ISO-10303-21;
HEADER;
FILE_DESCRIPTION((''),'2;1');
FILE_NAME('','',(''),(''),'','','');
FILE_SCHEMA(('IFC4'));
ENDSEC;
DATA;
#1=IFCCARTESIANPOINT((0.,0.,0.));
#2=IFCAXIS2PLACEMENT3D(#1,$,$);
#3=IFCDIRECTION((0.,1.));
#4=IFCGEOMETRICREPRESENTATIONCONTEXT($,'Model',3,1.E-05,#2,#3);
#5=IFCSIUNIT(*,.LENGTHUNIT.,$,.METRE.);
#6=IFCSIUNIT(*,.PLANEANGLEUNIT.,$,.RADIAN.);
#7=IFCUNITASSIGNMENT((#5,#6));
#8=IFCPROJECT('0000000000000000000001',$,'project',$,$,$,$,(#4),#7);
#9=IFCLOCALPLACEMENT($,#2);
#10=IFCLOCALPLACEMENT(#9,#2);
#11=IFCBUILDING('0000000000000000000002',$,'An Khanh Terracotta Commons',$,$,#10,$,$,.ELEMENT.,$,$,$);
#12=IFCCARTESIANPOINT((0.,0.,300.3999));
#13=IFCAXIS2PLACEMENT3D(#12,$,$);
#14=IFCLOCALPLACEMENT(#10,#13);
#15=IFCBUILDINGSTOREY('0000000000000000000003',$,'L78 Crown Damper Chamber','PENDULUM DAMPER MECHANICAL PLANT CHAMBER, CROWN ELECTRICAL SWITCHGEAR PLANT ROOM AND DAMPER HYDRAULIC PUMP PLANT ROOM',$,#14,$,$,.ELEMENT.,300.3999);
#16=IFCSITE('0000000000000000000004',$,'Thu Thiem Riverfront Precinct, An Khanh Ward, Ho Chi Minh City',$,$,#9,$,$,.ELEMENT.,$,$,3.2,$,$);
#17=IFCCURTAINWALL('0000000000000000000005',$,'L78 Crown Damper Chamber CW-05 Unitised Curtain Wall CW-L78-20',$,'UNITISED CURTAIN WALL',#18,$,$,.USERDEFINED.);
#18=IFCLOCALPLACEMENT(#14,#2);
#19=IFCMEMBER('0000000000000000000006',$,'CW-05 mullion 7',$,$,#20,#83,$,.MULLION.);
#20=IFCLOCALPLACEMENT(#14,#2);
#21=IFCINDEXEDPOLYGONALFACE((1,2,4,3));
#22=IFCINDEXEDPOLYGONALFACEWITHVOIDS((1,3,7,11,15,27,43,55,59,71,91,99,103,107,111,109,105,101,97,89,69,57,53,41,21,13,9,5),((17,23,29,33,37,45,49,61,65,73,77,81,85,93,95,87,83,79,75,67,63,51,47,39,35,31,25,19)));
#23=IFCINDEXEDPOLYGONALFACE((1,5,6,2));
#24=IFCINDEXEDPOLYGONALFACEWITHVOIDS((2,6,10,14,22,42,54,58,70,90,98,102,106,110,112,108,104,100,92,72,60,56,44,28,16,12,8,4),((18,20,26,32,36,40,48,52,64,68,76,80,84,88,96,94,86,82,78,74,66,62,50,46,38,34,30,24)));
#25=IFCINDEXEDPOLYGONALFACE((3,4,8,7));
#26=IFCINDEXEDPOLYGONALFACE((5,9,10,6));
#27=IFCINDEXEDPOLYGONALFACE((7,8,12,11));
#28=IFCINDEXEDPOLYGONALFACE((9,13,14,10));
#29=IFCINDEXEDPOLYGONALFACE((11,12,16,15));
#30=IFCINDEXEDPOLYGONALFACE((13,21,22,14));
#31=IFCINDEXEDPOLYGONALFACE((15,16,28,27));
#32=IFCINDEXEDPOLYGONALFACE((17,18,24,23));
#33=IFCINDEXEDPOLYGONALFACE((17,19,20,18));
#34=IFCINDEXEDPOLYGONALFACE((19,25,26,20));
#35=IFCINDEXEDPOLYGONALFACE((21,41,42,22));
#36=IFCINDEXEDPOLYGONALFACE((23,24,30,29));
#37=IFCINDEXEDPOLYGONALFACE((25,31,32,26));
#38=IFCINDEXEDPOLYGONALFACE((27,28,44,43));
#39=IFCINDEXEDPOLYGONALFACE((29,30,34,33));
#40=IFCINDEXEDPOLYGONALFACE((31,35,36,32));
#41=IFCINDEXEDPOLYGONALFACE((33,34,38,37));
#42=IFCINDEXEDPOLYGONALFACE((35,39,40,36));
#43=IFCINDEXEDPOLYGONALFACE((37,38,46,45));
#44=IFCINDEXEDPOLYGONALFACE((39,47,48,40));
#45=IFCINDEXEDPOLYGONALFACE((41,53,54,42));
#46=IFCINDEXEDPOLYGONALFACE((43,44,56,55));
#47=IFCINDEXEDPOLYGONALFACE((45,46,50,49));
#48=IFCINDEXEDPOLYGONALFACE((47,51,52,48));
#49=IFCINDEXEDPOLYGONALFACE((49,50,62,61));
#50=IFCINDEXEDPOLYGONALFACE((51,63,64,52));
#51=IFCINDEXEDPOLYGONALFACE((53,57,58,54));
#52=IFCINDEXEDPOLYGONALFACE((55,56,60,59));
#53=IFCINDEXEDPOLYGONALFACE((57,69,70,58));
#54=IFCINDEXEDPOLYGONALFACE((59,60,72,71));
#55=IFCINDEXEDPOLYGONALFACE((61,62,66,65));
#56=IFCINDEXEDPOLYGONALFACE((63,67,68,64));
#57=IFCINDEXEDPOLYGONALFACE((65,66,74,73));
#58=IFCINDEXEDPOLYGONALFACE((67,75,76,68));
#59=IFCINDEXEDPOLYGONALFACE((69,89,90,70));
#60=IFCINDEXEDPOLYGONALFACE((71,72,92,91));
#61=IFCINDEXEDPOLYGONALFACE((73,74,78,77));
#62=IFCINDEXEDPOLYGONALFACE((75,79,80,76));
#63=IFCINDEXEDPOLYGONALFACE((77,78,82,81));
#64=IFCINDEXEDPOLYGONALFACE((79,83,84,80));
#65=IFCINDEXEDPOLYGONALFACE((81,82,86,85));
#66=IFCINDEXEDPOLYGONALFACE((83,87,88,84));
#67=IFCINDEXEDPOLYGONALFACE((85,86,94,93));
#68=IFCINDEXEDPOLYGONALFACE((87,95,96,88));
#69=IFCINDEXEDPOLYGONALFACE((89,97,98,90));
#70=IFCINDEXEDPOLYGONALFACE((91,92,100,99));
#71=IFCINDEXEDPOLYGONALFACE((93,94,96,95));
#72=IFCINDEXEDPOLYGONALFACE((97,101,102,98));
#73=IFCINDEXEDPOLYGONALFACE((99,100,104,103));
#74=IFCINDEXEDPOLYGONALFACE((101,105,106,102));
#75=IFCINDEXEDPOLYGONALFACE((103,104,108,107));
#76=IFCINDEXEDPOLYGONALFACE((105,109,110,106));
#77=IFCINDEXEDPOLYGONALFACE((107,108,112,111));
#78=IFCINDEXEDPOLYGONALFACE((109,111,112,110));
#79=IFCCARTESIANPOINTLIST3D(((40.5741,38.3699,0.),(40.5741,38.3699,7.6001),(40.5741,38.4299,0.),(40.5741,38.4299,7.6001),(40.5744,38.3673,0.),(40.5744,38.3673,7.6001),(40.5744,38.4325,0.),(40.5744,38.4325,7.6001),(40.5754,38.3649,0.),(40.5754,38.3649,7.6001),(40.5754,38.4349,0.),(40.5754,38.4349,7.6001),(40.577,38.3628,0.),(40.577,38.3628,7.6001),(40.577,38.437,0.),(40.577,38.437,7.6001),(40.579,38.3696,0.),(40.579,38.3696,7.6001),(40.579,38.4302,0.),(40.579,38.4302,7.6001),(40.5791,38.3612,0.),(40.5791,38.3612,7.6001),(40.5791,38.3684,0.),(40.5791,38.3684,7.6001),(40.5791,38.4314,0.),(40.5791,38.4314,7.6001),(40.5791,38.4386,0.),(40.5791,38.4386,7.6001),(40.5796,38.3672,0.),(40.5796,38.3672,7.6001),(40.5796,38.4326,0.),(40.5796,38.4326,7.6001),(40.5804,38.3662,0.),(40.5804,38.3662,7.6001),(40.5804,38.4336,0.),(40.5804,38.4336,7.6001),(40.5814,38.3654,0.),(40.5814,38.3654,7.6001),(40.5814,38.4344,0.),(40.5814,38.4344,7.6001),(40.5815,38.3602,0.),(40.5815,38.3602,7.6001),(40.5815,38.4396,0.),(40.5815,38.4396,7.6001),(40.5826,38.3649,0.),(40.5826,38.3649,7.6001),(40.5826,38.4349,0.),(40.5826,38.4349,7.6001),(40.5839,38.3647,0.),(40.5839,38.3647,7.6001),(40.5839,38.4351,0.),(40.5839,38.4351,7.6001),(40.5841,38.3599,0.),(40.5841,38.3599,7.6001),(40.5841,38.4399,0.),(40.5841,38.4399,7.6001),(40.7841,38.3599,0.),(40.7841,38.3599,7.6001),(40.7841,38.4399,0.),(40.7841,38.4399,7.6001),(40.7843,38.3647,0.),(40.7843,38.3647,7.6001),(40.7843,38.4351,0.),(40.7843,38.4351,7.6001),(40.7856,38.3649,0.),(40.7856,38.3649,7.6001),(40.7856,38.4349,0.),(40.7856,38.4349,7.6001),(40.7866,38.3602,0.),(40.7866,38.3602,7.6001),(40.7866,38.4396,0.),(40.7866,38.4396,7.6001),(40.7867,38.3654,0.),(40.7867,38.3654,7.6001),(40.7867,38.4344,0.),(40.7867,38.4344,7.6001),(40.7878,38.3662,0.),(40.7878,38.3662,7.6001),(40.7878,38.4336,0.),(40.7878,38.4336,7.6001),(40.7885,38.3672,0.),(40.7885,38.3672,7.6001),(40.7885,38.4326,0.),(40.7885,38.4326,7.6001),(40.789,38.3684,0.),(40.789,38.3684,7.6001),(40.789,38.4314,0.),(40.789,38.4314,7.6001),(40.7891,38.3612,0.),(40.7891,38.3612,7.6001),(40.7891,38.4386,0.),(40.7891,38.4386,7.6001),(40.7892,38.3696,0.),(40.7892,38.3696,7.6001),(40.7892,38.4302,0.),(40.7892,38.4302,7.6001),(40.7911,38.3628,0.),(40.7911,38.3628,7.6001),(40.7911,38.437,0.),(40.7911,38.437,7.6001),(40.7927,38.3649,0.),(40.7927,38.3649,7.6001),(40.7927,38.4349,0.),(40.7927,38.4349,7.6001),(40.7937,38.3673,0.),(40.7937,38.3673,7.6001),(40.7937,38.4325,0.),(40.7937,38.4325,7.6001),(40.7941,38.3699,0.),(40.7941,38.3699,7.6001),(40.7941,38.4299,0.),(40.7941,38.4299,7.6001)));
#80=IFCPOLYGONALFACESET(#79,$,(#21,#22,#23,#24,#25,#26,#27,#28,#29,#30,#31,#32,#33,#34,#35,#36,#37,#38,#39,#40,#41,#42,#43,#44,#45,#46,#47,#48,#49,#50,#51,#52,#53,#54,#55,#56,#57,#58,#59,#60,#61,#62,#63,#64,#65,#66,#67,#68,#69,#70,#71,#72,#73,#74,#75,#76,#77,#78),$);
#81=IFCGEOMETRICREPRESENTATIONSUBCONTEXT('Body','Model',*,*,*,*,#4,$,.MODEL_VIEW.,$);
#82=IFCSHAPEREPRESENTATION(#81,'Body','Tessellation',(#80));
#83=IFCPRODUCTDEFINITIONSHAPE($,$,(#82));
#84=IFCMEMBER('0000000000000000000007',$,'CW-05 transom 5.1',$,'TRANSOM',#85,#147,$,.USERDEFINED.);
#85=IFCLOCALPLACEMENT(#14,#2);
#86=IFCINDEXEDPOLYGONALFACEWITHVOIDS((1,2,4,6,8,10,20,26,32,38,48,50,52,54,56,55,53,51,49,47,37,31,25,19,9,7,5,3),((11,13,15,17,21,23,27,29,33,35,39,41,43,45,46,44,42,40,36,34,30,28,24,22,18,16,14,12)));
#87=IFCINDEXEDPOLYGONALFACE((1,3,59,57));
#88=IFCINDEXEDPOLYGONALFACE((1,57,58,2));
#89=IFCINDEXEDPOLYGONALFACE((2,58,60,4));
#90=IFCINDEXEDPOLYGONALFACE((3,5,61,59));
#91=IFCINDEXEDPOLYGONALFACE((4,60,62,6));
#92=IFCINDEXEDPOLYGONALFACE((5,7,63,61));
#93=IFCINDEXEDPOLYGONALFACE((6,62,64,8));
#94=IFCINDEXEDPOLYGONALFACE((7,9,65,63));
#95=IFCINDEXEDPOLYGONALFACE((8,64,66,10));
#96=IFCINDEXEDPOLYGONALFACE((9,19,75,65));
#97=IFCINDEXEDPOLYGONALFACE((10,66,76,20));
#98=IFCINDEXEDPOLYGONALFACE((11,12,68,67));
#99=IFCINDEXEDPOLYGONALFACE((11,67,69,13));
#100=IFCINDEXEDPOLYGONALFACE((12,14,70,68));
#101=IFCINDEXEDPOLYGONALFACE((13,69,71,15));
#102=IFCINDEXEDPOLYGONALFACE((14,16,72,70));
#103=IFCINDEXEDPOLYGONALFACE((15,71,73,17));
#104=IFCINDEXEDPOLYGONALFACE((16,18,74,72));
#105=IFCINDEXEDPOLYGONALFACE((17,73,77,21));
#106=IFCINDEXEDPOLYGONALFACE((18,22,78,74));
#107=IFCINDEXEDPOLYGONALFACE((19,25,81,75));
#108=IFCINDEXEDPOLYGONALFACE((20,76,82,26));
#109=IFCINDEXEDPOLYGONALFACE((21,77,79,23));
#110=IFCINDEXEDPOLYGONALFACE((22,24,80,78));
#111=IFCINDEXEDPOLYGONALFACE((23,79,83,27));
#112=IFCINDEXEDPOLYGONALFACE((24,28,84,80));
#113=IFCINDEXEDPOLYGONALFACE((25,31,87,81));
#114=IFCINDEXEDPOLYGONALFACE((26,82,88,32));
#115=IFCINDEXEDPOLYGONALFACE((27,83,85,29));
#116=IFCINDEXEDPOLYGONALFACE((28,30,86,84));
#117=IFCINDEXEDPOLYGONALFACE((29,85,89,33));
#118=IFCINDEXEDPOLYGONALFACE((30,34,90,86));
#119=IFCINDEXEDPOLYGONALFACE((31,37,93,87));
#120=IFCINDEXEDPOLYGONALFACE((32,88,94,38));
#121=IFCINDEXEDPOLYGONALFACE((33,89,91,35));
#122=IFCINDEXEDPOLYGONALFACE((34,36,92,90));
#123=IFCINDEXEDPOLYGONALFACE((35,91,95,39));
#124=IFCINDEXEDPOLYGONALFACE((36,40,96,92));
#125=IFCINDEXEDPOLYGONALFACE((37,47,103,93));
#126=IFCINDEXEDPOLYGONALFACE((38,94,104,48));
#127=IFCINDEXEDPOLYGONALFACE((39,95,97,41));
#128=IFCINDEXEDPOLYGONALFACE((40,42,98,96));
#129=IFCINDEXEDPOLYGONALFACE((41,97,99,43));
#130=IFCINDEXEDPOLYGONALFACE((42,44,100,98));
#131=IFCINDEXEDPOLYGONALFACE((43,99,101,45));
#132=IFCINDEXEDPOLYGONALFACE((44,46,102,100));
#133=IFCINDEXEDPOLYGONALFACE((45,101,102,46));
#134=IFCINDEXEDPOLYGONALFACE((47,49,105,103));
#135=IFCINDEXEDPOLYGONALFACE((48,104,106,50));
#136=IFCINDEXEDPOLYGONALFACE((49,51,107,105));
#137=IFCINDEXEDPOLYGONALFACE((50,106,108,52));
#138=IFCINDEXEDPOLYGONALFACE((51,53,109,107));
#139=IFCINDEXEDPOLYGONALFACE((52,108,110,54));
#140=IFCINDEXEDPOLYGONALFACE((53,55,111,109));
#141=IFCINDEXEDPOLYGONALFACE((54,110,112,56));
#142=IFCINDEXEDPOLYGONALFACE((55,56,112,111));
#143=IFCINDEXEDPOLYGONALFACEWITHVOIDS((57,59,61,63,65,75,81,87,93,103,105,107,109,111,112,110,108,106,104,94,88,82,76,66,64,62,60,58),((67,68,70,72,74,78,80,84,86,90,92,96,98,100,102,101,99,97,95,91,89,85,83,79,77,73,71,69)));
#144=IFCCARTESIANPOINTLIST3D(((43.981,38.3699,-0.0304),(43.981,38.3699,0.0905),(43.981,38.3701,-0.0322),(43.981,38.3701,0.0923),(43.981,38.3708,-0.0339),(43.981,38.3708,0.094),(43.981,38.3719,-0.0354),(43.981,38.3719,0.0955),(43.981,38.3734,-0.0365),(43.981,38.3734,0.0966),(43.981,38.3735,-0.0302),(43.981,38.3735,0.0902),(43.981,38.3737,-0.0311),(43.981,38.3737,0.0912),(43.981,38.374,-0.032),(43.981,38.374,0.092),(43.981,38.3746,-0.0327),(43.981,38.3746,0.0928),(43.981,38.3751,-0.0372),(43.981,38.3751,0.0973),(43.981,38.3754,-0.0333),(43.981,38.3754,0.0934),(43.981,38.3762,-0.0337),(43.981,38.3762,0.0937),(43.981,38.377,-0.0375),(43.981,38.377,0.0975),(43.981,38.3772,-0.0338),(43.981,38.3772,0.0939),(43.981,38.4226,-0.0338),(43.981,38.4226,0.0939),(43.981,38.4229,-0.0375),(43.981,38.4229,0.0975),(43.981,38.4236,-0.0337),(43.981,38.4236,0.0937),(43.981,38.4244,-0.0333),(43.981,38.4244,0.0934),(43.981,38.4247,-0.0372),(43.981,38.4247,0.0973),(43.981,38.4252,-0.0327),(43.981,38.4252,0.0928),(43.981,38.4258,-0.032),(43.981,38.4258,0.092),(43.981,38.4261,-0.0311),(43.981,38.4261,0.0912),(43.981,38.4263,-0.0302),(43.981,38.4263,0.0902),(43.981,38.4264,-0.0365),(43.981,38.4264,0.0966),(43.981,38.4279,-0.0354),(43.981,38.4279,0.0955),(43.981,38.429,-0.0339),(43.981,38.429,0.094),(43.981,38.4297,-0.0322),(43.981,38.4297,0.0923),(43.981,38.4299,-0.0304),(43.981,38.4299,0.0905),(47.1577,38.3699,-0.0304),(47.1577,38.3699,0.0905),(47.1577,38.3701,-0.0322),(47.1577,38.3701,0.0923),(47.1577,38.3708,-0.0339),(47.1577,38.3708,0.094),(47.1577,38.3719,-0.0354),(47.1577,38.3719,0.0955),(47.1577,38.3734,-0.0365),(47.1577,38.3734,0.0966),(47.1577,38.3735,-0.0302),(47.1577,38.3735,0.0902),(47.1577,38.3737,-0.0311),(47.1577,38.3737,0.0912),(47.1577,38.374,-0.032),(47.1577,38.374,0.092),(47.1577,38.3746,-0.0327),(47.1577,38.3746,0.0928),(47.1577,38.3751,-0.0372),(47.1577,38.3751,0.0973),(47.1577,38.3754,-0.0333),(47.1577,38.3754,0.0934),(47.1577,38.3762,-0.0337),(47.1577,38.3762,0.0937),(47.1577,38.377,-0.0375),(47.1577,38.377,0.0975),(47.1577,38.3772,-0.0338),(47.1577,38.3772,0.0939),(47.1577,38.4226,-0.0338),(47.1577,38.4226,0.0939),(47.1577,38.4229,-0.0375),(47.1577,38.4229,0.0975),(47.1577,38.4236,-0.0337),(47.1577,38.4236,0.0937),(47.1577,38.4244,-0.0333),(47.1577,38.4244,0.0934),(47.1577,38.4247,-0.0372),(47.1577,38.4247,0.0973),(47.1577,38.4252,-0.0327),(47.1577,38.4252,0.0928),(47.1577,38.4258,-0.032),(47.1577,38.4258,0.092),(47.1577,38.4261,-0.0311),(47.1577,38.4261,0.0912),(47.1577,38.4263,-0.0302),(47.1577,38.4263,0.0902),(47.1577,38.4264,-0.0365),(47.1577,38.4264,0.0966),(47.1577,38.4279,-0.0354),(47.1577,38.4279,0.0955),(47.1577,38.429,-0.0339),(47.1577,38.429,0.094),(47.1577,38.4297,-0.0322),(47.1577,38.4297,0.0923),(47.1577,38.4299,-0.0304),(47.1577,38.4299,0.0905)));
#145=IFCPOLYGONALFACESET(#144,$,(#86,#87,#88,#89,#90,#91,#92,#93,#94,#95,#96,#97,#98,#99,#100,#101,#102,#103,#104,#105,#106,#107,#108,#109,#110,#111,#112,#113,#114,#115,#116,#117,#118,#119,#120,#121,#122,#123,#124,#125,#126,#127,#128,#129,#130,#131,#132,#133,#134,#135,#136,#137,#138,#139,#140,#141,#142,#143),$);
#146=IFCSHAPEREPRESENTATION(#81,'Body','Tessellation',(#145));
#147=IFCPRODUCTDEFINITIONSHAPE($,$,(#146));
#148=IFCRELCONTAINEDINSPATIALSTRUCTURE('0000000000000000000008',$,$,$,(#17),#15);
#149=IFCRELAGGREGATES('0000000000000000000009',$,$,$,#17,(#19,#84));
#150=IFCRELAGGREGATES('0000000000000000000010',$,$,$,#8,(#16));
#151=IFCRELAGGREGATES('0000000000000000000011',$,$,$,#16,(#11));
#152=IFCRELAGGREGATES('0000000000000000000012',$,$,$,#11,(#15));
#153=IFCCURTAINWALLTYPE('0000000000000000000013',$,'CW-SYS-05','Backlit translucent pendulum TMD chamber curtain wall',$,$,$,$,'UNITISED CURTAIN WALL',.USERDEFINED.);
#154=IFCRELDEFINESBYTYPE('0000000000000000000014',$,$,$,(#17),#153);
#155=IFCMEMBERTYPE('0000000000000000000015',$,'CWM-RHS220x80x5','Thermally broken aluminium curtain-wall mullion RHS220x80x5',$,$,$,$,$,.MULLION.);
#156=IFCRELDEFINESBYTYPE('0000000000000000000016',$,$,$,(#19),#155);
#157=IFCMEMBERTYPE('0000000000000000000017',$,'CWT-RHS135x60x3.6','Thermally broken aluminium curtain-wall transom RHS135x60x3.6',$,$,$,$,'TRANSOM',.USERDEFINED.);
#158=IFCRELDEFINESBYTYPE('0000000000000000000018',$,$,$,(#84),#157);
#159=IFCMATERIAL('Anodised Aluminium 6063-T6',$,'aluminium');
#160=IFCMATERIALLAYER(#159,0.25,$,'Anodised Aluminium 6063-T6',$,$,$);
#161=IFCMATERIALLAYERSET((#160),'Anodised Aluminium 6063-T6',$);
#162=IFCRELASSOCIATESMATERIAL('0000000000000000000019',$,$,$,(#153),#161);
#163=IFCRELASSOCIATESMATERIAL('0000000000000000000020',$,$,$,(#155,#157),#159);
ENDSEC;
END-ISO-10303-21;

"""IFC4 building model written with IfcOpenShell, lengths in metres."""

from ifc_helpers import new_model, si_unit, direction, frame, origin, origin_2d, place, context, subcontext, project, spatial, hollow_rectangle, extrude, material, layer, layer_set, material_profile, profile_set, type_object, element, aggregate, save


model = new_model("IFC4")

# Units and contexts
model_context = context("Model", 3, precision=1e-05, world=origin(), true_north=direction((0.0, 1.0)))
body_context = subcontext(model_context, "Body", "Model", "MODEL_VIEW")
ifc_project = project(units=[si_unit("LENGTHUNIT", "METRE"), si_unit("PLANEANGLEUNIT", "RADIAN")], contexts=[model_context])

# Site, building, storey
site_placement = place(None, origin())
site = spatial("IfcSite", under=ifc_project, at=site_placement, Name="Thu Thiem Riverfront Precinct, An Khanh Ward, Ho Chi Minh City", CompositionType="ELEMENT", RefElevation=3.2)
building_placement = place(site_placement, origin())
building = spatial("IfcBuilding", under=site, at=building_placement, Name="An Khanh Terracotta Commons", CompositionType="ELEMENT")
storey_placement = place(building_placement, frame((0.0, 0.0, 300.3999)))
storey = spatial("IfcBuildingStorey", under=building, at=storey_placement, Name="L78 Crown Damper Chamber", Description="PENDULUM DAMPER MECHANICAL PLANT CHAMBER, CROWN ELECTRICAL SWITCHGEAR PLANT ROOM AND DAMPER HYDRAULIC PUMP PLANT ROOM", CompositionType="ELEMENT", Elevation=300.3999)

# Curtain wall, members
ifc_material_1 = material(Name="Anodised Aluminium 6063-T6", Category="aluminium")
ifc_layer_1 = layer(ifc_material_1, 0.25, Name="Anodised Aluminium 6063-T6")
ifc_layer_set_1 = layer_set([ifc_layer_1], Name="Anodised Aluminium 6063-T6")
curtain_wall_type = type_object("IfcCurtainWallType", Name="CW-SYS-05", Description="Backlit translucent pendulum TMD chamber curtain wall", ElementType="UNITISED CURTAIN WALL", PredefinedType="USERDEFINED", material=ifc_layer_set_1)
curtain_wall_placement = place(storey_placement, origin())
curtain_wall = element("IfcCurtainWall", 1, at=curtain_wall_placement, inside=storey, type_object=curtain_wall_type, Name="L78 Crown Damper Chamber CW-05 Unitised Curtain Wall CW-L78-20", ObjectType="UNITISED CURTAIN WALL", PredefinedType="USERDEFINED")
ifc_material_profile_1 = material_profile(ifc_material_1, hollow_rectangle(XDim=0.0801, YDim=0.22, WallThickness=0.0049, InnerFilletRadius=0.0049, OuterFilletRadius=0.01, at=origin_2d()), Name="RHS220x80x5")
ifc_profile_set_1 = profile_set([ifc_material_profile_1], Name="Anodised Aluminium 6063-T6")
member_type_1 = type_object("IfcMemberType", Name="CWM-RHS220x80x5", Description="Thermally broken aluminium curtain-wall mullion RHS220x80x5", PredefinedType="MULLION", material=ifc_profile_set_1)
member_1_placement = place(storey_placement, frame((40.6841, 38.3999, 0.0), z_axis=(0.0, 0.0, 1.0), x_axis=(0.0, -1.0, 0.0)))
member_1 = element("IfcMember", 2, at=member_1_placement, type_object=member_type_1, Name="CW-05 mullion 7", PredefinedType="MULLION", context=body_context, shape_type="SweptSolid", body=[
    extrude(hollow_rectangle(XDim=0.0801, YDim=0.22, WallThickness=0.0049, InnerFilletRadius=0.0049, OuterFilletRadius=0.01, at=origin_2d()), origin(), (0.0, 0.0, 1.0), 7.6001),
])
ifc_material_profile_2 = material_profile(ifc_material_1, hollow_rectangle(XDim=0.0601, YDim=0.135, WallThickness=0.0037, InnerFilletRadius=0.0037, OuterFilletRadius=0.0071, at=origin_2d()), Name="RHS135x60x3.6")
ifc_profile_set_2 = profile_set([ifc_material_profile_2], Name="Anodised Aluminium 6063-T6")
member_type_2 = type_object("IfcMemberType", Name="CWT-RHS135x60x3.6", Description="Thermally broken aluminium curtain-wall transom RHS135x60x3.6", ElementType="TRANSOM", PredefinedType="USERDEFINED", material=ifc_profile_set_2)
member_2_placement = place(storey_placement, frame((47.1577, 38.3999, 0.03), z_axis=(-1.0, 0.0, 0.0), x_axis=(0.0, -1.0, 0.0)))
member_2 = element("IfcMember", 3, at=member_2_placement, type_object=member_type_2, Name="CW-05 transom 5.1", ObjectType="TRANSOM", PredefinedType="USERDEFINED", context=body_context, shape_type="SweptSolid", body=[
    extrude(hollow_rectangle(XDim=0.0601, YDim=0.135, WallThickness=0.0037, InnerFilletRadius=0.0037, OuterFilletRadius=0.0071, at=origin_2d()), origin(), (0.0, 0.0, 1.0), 3.1768),
])

aggregate(curtain_wall, [member_1, member_2])

save(model, "model.ifc")
